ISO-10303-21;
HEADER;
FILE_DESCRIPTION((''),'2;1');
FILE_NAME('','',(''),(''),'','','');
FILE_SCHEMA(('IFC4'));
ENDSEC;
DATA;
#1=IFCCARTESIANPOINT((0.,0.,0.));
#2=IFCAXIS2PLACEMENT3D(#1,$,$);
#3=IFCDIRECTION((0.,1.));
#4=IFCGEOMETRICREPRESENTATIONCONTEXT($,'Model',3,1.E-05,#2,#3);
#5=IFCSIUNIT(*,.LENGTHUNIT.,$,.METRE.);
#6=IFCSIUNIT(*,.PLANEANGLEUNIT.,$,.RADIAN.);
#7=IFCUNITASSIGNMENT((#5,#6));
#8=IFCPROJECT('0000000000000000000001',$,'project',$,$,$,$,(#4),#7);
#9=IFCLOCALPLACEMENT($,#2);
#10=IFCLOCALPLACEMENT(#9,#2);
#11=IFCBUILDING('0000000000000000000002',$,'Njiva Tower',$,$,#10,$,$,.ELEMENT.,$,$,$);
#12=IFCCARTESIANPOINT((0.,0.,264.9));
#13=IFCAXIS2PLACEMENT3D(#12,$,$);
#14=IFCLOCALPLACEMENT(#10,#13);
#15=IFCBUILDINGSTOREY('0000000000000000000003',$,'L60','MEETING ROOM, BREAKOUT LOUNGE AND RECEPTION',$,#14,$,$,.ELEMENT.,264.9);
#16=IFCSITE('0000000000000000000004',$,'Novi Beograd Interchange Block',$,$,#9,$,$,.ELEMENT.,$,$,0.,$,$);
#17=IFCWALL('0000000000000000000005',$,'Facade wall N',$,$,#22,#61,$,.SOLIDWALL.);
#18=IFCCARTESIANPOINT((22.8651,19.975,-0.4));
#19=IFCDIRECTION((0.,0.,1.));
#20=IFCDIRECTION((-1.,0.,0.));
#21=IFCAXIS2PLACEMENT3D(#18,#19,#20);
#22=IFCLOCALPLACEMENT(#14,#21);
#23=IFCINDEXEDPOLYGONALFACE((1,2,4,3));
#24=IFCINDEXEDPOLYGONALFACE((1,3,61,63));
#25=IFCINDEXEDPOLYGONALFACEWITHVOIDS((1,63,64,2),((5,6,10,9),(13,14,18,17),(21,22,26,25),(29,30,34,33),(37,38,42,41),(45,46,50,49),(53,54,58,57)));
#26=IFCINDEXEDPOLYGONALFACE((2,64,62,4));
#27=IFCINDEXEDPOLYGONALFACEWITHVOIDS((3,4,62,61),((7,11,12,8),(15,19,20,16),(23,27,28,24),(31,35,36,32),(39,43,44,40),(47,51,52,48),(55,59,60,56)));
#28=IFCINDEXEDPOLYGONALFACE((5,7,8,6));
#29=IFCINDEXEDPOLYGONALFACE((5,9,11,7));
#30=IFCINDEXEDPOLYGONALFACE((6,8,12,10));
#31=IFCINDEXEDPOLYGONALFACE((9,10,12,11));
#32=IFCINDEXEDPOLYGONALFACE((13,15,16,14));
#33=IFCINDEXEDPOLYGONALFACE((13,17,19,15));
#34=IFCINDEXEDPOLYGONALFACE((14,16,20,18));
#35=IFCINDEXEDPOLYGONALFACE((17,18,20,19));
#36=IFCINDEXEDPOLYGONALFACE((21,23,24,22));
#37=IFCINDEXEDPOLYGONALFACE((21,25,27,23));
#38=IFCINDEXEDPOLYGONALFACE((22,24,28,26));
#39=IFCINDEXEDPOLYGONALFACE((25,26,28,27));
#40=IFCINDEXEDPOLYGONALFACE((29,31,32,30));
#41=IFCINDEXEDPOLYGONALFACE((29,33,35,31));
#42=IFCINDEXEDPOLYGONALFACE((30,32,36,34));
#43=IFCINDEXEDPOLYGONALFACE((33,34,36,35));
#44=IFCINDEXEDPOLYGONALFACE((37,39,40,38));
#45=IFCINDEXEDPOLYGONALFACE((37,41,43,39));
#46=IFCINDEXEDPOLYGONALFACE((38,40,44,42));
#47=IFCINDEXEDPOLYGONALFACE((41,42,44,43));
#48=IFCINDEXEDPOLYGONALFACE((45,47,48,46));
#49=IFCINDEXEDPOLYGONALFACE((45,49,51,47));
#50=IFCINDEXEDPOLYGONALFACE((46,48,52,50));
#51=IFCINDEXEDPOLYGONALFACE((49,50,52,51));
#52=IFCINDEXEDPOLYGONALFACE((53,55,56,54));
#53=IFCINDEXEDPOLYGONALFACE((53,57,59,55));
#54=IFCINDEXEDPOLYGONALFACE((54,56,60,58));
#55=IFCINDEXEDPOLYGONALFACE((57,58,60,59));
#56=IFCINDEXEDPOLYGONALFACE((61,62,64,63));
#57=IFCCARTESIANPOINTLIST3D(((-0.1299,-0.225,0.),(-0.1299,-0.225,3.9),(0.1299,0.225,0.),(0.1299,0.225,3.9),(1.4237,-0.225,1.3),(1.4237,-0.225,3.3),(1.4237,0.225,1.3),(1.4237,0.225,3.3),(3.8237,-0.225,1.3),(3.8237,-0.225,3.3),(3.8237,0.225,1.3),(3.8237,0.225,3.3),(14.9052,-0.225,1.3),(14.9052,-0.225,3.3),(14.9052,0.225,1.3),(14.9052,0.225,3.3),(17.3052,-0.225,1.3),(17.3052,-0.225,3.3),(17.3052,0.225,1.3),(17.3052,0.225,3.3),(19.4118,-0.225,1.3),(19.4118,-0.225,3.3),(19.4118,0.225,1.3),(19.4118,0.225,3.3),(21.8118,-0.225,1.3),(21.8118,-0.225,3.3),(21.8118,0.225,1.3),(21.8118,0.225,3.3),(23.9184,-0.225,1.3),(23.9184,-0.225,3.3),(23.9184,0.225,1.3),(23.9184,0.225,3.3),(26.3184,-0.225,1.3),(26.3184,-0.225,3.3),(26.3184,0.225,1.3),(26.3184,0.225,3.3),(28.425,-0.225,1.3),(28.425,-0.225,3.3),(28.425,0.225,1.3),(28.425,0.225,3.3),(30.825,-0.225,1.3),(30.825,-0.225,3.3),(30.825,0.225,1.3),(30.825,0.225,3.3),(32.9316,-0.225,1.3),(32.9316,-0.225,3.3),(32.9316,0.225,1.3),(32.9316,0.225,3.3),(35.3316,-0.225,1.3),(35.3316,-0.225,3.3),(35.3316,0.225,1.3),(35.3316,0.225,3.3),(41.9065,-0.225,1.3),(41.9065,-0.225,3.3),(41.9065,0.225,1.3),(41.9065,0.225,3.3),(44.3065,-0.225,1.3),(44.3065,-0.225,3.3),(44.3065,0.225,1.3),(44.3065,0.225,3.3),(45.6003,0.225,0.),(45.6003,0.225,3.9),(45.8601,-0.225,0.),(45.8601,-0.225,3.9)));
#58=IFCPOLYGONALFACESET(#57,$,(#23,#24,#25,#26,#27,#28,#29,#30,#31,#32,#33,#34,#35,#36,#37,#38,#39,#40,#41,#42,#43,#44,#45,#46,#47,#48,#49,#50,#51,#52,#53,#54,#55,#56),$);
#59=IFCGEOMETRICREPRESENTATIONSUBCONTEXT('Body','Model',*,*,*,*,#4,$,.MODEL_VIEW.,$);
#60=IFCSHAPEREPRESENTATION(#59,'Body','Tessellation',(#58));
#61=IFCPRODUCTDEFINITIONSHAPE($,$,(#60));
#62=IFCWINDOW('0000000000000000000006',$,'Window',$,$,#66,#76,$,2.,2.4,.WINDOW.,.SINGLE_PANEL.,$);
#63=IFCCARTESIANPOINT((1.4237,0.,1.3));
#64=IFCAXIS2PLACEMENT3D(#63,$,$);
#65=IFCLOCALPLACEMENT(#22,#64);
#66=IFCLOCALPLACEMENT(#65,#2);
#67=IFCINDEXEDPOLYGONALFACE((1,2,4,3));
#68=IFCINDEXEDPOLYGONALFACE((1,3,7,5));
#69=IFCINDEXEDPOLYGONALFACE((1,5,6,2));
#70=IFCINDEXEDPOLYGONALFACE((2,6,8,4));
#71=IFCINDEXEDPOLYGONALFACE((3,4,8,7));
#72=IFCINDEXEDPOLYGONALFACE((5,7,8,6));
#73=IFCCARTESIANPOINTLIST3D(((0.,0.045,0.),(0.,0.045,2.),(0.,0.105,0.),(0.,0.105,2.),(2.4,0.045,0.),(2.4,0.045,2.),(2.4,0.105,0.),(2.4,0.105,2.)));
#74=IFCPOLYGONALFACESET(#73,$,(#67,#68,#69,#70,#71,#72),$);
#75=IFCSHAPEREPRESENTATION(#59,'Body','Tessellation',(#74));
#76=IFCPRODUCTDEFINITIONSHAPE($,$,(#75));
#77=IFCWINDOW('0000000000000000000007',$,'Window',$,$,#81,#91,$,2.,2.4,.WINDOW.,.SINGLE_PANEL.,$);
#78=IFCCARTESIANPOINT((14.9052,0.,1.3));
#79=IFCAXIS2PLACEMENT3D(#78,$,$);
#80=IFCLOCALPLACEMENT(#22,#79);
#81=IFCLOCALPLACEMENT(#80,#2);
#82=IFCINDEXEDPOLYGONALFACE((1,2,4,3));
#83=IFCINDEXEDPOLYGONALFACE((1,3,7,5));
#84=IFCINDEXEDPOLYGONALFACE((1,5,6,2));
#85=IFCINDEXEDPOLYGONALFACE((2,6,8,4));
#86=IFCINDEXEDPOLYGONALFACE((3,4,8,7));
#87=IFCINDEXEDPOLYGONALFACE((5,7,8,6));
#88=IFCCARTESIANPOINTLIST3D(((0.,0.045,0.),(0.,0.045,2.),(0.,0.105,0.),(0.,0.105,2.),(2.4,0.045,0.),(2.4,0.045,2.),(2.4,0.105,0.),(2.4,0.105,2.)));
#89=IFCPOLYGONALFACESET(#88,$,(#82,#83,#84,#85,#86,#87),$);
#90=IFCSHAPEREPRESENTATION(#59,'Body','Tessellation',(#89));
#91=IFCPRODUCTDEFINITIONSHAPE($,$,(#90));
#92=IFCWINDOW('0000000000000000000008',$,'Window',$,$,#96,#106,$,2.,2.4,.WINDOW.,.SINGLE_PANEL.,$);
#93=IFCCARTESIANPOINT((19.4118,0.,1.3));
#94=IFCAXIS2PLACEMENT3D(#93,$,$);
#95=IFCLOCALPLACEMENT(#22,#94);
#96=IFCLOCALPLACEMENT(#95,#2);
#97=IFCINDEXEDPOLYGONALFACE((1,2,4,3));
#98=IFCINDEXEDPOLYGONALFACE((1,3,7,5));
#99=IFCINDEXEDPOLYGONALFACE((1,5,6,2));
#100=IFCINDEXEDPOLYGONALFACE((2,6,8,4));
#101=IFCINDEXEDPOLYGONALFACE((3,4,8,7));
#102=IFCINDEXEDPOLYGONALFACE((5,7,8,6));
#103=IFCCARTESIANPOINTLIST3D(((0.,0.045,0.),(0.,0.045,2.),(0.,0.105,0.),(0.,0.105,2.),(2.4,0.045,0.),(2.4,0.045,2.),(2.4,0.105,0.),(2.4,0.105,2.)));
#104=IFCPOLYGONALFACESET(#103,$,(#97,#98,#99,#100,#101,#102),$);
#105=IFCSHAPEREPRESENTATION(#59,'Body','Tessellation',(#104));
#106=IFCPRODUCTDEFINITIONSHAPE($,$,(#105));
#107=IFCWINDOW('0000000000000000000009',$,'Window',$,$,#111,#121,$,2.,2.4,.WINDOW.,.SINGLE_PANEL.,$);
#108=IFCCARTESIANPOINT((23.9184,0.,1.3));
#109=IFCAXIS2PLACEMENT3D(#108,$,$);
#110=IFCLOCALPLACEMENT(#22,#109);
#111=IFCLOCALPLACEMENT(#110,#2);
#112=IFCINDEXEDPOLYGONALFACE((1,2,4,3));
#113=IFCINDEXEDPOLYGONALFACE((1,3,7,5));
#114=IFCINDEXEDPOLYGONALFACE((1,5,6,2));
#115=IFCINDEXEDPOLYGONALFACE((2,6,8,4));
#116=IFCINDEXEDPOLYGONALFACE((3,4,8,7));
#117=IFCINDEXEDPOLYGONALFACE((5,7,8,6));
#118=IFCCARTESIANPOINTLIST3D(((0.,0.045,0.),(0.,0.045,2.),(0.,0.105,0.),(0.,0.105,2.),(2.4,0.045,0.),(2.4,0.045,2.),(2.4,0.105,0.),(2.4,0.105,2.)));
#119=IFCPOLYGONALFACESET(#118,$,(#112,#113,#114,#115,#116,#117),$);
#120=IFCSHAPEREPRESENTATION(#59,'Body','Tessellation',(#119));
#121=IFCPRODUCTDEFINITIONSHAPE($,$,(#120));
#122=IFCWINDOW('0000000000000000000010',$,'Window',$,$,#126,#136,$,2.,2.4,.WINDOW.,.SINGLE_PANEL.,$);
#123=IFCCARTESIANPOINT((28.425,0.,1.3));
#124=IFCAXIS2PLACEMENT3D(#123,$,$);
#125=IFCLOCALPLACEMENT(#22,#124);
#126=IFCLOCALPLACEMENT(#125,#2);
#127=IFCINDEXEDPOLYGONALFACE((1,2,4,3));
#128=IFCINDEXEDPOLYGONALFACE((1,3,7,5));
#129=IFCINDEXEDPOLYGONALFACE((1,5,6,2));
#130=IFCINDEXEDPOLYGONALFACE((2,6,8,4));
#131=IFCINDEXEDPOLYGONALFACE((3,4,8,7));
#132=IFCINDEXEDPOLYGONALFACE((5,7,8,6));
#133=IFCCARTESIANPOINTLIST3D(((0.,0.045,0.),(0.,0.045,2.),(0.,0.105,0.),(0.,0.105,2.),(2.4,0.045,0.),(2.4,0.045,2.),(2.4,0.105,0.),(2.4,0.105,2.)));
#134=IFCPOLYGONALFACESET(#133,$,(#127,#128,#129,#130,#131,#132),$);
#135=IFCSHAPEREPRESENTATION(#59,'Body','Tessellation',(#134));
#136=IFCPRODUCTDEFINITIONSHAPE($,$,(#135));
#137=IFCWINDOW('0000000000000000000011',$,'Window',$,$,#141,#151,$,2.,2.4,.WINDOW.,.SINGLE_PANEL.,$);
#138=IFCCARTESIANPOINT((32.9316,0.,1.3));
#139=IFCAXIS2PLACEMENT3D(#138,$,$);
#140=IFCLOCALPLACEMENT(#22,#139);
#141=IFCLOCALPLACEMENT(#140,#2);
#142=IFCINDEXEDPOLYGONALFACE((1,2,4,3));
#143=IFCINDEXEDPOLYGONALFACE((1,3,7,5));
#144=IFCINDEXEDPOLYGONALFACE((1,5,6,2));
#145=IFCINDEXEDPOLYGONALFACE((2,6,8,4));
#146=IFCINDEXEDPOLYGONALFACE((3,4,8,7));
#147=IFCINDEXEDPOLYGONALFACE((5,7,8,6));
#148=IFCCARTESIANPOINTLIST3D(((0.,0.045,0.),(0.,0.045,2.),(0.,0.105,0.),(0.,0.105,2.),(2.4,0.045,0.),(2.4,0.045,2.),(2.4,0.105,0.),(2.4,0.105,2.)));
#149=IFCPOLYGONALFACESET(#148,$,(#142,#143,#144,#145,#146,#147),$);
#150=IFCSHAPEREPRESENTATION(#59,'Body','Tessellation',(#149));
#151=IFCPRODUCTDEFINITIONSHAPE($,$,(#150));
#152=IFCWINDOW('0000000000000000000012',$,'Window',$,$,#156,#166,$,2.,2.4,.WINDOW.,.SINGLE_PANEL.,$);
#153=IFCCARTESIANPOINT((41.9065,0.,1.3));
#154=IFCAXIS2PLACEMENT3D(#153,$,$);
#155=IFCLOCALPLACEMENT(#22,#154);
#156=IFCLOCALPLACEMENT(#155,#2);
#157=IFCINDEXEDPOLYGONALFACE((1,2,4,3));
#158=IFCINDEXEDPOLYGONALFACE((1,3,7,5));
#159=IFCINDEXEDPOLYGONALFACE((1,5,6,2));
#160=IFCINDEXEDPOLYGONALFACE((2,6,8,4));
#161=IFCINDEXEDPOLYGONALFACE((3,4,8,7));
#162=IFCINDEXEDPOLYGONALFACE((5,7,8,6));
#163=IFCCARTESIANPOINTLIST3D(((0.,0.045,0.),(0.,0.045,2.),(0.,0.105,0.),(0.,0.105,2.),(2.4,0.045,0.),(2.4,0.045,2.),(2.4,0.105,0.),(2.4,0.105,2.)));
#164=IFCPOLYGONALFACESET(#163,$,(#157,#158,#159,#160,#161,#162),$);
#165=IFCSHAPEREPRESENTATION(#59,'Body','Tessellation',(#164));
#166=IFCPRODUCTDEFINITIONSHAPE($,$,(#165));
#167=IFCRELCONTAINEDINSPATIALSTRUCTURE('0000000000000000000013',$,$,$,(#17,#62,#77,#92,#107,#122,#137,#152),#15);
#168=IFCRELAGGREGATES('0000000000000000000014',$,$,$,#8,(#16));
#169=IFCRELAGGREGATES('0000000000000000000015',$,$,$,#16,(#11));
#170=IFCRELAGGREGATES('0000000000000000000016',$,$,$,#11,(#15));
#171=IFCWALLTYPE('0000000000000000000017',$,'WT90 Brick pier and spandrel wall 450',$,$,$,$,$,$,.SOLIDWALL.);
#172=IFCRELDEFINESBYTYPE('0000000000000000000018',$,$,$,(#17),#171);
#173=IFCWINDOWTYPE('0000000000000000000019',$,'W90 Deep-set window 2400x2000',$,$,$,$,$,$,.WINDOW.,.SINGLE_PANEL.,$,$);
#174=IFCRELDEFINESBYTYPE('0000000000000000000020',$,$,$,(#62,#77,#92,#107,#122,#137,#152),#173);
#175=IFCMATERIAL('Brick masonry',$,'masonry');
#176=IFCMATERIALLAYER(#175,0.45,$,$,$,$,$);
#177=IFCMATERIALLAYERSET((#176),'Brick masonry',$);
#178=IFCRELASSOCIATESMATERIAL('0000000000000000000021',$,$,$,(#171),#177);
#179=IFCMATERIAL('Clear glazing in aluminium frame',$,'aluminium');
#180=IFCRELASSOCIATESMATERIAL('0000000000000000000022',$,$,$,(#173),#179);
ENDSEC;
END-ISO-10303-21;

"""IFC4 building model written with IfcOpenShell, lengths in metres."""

from ifc_helpers import new_model, si_unit, direction, frame, frame_2d, origin, place, context, subcontext, project, spatial, polyline, rectangle, outline, extrude, material, layer, layer_set, type_object, element, fill, save


model = new_model("IFC4")

# Units and contexts
model_context = context("Model", 3, precision=1e-05, world=origin(), true_north=direction((0.0, 1.0)))
body_context = subcontext(model_context, "Body", "Model", "MODEL_VIEW")
ifc_project = project(units=[si_unit("LENGTHUNIT", "METRE"), si_unit("PLANEANGLEUNIT", "RADIAN")], contexts=[model_context])

# Site, building, storey
site_placement = place(None, origin())
site = spatial("IfcSite", under=ifc_project, at=site_placement, Name="Novi Beograd Interchange Block", CompositionType="ELEMENT", RefElevation=0.0)
building_placement = place(site_placement, origin())
building = spatial("IfcBuilding", under=site, at=building_placement, Name="Njiva Tower", CompositionType="ELEMENT")
storey_placement = place(building_placement, frame((0.0, 0.0, 264.9)))
storey = spatial("IfcBuildingStorey", under=building, at=storey_placement, Name="L60", Description="MEETING ROOM, BREAKOUT LOUNGE AND RECEPTION", CompositionType="ELEMENT", Elevation=264.9)

# Wall, openings, windows
ifc_material_1 = material(Name="Brick masonry", Category="masonry")
ifc_layer_1 = layer(ifc_material_1, 0.45)
ifc_layer_set_1 = layer_set([ifc_layer_1], Name="Brick masonry")
wall_type_1 = type_object("IfcWallType", Name="WT90 Brick pier and spandrel wall 450", PredefinedType="SOLIDWALL", material=ifc_layer_set_1)
wall_1_placement = place(storey_placement, frame((22.8651, 19.975, -0.4), z_axis=(0.0, 0.0, 1.0), x_axis=(-1.0, 0.0, 0.0)))
wall_1 = element("IfcWall", 1, at=wall_1_placement, inside=storey, type_object=wall_type_1, Name="Facade wall N", PredefinedType="SOLIDWALL", context=body_context, shape_type="SweptSolid", body=[
    extrude(outline(polyline([(-0.1299, -0.225), (45.8601, -0.225), (45.6003, 0.225), (0.1299, 0.225), (-0.1299, -0.225)])), origin(), (0.0, 0.0, 1.0), 3.9),
])
opening_1_placement = place(wall_1_placement, frame((1.4237, 0.0, 1.3)))
opening_1 = element("IfcOpeningElement", 2, at=opening_1_placement, cuts=wall_1, PredefinedType="OPENING", context=body_context, shape_type="SweptSolid", body=[
    extrude(rectangle(XDim=2.4, YDim=2.0, at=frame_2d((1.2, 1.0))), frame((0.0, 0.235, 0.0), z_axis=(0.0, -1.0, 0.0), x_axis=(1.0, 0.0, 0.0)), (0.0, 0.0, 1.0), 0.47),
])
opening_2_placement = place(wall_1_placement, frame((14.9052, 0.0, 1.3)))
opening_2 = element("IfcOpeningElement", 3, at=opening_2_placement, cuts=wall_1, PredefinedType="OPENING", context=body_context, shape_type="SweptSolid", body=[
    extrude(rectangle(XDim=2.4, YDim=2.0, at=frame_2d((1.2, 1.0))), frame((0.0, 0.235, 0.0), z_axis=(0.0, -1.0, 0.0), x_axis=(1.0, 0.0, 0.0)), (0.0, 0.0, 1.0), 0.47),
])
opening_3_placement = place(wall_1_placement, frame((19.4118, 0.0, 1.3)))
opening_3 = element("IfcOpeningElement", 4, at=opening_3_placement, cuts=wall_1, PredefinedType="OPENING", context=body_context, shape_type="SweptSolid", body=[
    extrude(rectangle(XDim=2.4, YDim=2.0, at=frame_2d((1.2, 1.0))), frame((0.0, 0.235, 0.0), z_axis=(0.0, -1.0, 0.0), x_axis=(1.0, 0.0, 0.0)), (0.0, 0.0, 1.0), 0.47),
])
opening_4_placement = place(wall_1_placement, frame((23.9184, 0.0, 1.3)))
opening_4 = element("IfcOpeningElement", 5, at=opening_4_placement, cuts=wall_1, PredefinedType="OPENING", context=body_context, shape_type="SweptSolid", body=[
    extrude(rectangle(XDim=2.4, YDim=2.0, at=frame_2d((1.2, 1.0))), frame((0.0, 0.235, 0.0), z_axis=(0.0, -1.0, 0.0), x_axis=(1.0, 0.0, 0.0)), (0.0, 0.0, 1.0), 0.47),
])
opening_5_placement = place(wall_1_placement, frame((28.425, 0.0, 1.3)))
opening_5 = element("IfcOpeningElement", 6, at=opening_5_placement, cuts=wall_1, PredefinedType="OPENING", context=body_context, shape_type="SweptSolid", body=[
    extrude(rectangle(XDim=2.4, YDim=2.0, at=frame_2d((1.2, 1.0))), frame((0.0, 0.235, 0.0), z_axis=(0.0, -1.0, 0.0), x_axis=(1.0, 0.0, 0.0)), (0.0, 0.0, 1.0), 0.47),
])
opening_6_placement = place(wall_1_placement, frame((32.9316, 0.0, 1.3)))
opening_6 = element("IfcOpeningElement", 7, at=opening_6_placement, cuts=wall_1, PredefinedType="OPENING", context=body_context, shape_type="SweptSolid", body=[
    extrude(rectangle(XDim=2.4, YDim=2.0, at=frame_2d((1.2, 1.0))), frame((0.0, 0.235, 0.0), z_axis=(0.0, -1.0, 0.0), x_axis=(1.0, 0.0, 0.0)), (0.0, 0.0, 1.0), 0.47),
])
opening_7_placement = place(wall_1_placement, frame((41.9065, 0.0, 1.3)))
opening_7 = element("IfcOpeningElement", 8, at=opening_7_placement, cuts=wall_1, PredefinedType="OPENING", context=body_context, shape_type="SweptSolid", body=[
    extrude(rectangle(XDim=2.4, YDim=2.0, at=frame_2d((1.2, 1.0))), frame((0.0, 0.235, 0.0), z_axis=(0.0, -1.0, 0.0), x_axis=(1.0, 0.0, 0.0)), (0.0, 0.0, 1.0), 0.47),
])
ifc_material_2 = material(Name="Clear glazing in aluminium frame", Category="aluminium")
window_type_1 = type_object("IfcWindowType", Name="W90 Deep-set window 2400x2000", PartitioningType="SINGLE_PANEL", PredefinedType="WINDOW", material=ifc_material_2)
window_1_placement = place(opening_1_placement, origin())
window_1 = element("IfcWindow", 9, at=window_1_placement, inside=storey, type_object=window_type_1, Name="Window", OverallHeight=2.0, OverallWidth=2.4, PartitioningType="SINGLE_PANEL", PredefinedType="WINDOW", context=body_context, shape_type="SweptSolid", body=[
    extrude(rectangle(XDim=2.4, YDim=2.0, at=frame_2d((1.2, 1.0))), frame((0.0, 0.105, 0.0), z_axis=(0.0, -1.0, 0.0), x_axis=(1.0, 0.0, 0.0)), (0.0, 0.0, 1.0), 0.06),
])
fill(opening_1, window_1)
window_2_placement = place(opening_2_placement, origin())
window_2 = element("IfcWindow", 10, at=window_2_placement, inside=storey, type_object=window_type_1, Name="Window", OverallHeight=2.0, OverallWidth=2.4, PartitioningType="SINGLE_PANEL", PredefinedType="WINDOW", context=body_context, shape_type="SweptSolid", body=[
    extrude(rectangle(XDim=2.4, YDim=2.0, at=frame_2d((1.2, 1.0))), frame((0.0, 0.105, 0.0), z_axis=(0.0, -1.0, 0.0), x_axis=(1.0, 0.0, 0.0)), (0.0, 0.0, 1.0), 0.06),
])
fill(opening_2, window_2)
window_3_placement = place(opening_3_placement, origin())
window_3 = element("IfcWindow", 11, at=window_3_placement, inside=storey, type_object=window_type_1, Name="Window", OverallHeight=2.0, OverallWidth=2.4, PartitioningType="SINGLE_PANEL", PredefinedType="WINDOW", context=body_context, shape_type="SweptSolid", body=[
    extrude(rectangle(XDim=2.4, YDim=2.0, at=frame_2d((1.2, 1.0))), frame((0.0, 0.105, 0.0), z_axis=(0.0, -1.0, 0.0), x_axis=(1.0, 0.0, 0.0)), (0.0, 0.0, 1.0), 0.06),
])
fill(opening_3, window_3)
window_4_placement = place(opening_4_placement, origin())
window_4 = element("IfcWindow", 12, at=window_4_placement, inside=storey, type_object=window_type_1, Name="Window", OverallHeight=2.0, OverallWidth=2.4, PartitioningType="SINGLE_PANEL", PredefinedType="WINDOW", context=body_context, shape_type="SweptSolid", body=[
    extrude(rectangle(XDim=2.4, YDim=2.0, at=frame_2d((1.2, 1.0))), frame((0.0, 0.105, 0.0), z_axis=(0.0, -1.0, 0.0), x_axis=(1.0, 0.0, 0.0)), (0.0, 0.0, 1.0), 0.06),
])
fill(opening_4, window_4)
window_5_placement = place(opening_5_placement, origin())
window_5 = element("IfcWindow", 13, at=window_5_placement, inside=storey, type_object=window_type_1, Name="Window", OverallHeight=2.0, OverallWidth=2.4, PartitioningType="SINGLE_PANEL", PredefinedType="WINDOW", context=body_context, shape_type="SweptSolid", body=[
    extrude(rectangle(XDim=2.4, YDim=2.0, at=frame_2d((1.2, 1.0))), frame((0.0, 0.105, 0.0), z_axis=(0.0, -1.0, 0.0), x_axis=(1.0, 0.0, 0.0)), (0.0, 0.0, 1.0), 0.06),
])
fill(opening_5, window_5)
window_6_placement = place(opening_6_placement, origin())
window_6 = element("IfcWindow", 14, at=window_6_placement, inside=storey, type_object=window_type_1, Name="Window", OverallHeight=2.0, OverallWidth=2.4, PartitioningType="SINGLE_PANEL", PredefinedType="WINDOW", context=body_context, shape_type="SweptSolid", body=[
    extrude(rectangle(XDim=2.4, YDim=2.0, at=frame_2d((1.2, 1.0))), frame((0.0, 0.105, 0.0), z_axis=(0.0, -1.0, 0.0), x_axis=(1.0, 0.0, 0.0)), (0.0, 0.0, 1.0), 0.06),
])
fill(opening_6, window_6)
window_7_placement = place(opening_7_placement, origin())
window_7 = element("IfcWindow", 15, at=window_7_placement, inside=storey, type_object=window_type_1, Name="Window", OverallHeight=2.0, OverallWidth=2.4, PartitioningType="SINGLE_PANEL", PredefinedType="WINDOW", context=body_context, shape_type="SweptSolid", body=[
    extrude(rectangle(XDim=2.4, YDim=2.0, at=frame_2d((1.2, 1.0))), frame((0.0, 0.105, 0.0), z_axis=(0.0, -1.0, 0.0), x_axis=(1.0, 0.0, 0.0)), (0.0, 0.0, 1.0), 0.06),
])
fill(opening_7, window_7)

save(model, "model.ifc")
